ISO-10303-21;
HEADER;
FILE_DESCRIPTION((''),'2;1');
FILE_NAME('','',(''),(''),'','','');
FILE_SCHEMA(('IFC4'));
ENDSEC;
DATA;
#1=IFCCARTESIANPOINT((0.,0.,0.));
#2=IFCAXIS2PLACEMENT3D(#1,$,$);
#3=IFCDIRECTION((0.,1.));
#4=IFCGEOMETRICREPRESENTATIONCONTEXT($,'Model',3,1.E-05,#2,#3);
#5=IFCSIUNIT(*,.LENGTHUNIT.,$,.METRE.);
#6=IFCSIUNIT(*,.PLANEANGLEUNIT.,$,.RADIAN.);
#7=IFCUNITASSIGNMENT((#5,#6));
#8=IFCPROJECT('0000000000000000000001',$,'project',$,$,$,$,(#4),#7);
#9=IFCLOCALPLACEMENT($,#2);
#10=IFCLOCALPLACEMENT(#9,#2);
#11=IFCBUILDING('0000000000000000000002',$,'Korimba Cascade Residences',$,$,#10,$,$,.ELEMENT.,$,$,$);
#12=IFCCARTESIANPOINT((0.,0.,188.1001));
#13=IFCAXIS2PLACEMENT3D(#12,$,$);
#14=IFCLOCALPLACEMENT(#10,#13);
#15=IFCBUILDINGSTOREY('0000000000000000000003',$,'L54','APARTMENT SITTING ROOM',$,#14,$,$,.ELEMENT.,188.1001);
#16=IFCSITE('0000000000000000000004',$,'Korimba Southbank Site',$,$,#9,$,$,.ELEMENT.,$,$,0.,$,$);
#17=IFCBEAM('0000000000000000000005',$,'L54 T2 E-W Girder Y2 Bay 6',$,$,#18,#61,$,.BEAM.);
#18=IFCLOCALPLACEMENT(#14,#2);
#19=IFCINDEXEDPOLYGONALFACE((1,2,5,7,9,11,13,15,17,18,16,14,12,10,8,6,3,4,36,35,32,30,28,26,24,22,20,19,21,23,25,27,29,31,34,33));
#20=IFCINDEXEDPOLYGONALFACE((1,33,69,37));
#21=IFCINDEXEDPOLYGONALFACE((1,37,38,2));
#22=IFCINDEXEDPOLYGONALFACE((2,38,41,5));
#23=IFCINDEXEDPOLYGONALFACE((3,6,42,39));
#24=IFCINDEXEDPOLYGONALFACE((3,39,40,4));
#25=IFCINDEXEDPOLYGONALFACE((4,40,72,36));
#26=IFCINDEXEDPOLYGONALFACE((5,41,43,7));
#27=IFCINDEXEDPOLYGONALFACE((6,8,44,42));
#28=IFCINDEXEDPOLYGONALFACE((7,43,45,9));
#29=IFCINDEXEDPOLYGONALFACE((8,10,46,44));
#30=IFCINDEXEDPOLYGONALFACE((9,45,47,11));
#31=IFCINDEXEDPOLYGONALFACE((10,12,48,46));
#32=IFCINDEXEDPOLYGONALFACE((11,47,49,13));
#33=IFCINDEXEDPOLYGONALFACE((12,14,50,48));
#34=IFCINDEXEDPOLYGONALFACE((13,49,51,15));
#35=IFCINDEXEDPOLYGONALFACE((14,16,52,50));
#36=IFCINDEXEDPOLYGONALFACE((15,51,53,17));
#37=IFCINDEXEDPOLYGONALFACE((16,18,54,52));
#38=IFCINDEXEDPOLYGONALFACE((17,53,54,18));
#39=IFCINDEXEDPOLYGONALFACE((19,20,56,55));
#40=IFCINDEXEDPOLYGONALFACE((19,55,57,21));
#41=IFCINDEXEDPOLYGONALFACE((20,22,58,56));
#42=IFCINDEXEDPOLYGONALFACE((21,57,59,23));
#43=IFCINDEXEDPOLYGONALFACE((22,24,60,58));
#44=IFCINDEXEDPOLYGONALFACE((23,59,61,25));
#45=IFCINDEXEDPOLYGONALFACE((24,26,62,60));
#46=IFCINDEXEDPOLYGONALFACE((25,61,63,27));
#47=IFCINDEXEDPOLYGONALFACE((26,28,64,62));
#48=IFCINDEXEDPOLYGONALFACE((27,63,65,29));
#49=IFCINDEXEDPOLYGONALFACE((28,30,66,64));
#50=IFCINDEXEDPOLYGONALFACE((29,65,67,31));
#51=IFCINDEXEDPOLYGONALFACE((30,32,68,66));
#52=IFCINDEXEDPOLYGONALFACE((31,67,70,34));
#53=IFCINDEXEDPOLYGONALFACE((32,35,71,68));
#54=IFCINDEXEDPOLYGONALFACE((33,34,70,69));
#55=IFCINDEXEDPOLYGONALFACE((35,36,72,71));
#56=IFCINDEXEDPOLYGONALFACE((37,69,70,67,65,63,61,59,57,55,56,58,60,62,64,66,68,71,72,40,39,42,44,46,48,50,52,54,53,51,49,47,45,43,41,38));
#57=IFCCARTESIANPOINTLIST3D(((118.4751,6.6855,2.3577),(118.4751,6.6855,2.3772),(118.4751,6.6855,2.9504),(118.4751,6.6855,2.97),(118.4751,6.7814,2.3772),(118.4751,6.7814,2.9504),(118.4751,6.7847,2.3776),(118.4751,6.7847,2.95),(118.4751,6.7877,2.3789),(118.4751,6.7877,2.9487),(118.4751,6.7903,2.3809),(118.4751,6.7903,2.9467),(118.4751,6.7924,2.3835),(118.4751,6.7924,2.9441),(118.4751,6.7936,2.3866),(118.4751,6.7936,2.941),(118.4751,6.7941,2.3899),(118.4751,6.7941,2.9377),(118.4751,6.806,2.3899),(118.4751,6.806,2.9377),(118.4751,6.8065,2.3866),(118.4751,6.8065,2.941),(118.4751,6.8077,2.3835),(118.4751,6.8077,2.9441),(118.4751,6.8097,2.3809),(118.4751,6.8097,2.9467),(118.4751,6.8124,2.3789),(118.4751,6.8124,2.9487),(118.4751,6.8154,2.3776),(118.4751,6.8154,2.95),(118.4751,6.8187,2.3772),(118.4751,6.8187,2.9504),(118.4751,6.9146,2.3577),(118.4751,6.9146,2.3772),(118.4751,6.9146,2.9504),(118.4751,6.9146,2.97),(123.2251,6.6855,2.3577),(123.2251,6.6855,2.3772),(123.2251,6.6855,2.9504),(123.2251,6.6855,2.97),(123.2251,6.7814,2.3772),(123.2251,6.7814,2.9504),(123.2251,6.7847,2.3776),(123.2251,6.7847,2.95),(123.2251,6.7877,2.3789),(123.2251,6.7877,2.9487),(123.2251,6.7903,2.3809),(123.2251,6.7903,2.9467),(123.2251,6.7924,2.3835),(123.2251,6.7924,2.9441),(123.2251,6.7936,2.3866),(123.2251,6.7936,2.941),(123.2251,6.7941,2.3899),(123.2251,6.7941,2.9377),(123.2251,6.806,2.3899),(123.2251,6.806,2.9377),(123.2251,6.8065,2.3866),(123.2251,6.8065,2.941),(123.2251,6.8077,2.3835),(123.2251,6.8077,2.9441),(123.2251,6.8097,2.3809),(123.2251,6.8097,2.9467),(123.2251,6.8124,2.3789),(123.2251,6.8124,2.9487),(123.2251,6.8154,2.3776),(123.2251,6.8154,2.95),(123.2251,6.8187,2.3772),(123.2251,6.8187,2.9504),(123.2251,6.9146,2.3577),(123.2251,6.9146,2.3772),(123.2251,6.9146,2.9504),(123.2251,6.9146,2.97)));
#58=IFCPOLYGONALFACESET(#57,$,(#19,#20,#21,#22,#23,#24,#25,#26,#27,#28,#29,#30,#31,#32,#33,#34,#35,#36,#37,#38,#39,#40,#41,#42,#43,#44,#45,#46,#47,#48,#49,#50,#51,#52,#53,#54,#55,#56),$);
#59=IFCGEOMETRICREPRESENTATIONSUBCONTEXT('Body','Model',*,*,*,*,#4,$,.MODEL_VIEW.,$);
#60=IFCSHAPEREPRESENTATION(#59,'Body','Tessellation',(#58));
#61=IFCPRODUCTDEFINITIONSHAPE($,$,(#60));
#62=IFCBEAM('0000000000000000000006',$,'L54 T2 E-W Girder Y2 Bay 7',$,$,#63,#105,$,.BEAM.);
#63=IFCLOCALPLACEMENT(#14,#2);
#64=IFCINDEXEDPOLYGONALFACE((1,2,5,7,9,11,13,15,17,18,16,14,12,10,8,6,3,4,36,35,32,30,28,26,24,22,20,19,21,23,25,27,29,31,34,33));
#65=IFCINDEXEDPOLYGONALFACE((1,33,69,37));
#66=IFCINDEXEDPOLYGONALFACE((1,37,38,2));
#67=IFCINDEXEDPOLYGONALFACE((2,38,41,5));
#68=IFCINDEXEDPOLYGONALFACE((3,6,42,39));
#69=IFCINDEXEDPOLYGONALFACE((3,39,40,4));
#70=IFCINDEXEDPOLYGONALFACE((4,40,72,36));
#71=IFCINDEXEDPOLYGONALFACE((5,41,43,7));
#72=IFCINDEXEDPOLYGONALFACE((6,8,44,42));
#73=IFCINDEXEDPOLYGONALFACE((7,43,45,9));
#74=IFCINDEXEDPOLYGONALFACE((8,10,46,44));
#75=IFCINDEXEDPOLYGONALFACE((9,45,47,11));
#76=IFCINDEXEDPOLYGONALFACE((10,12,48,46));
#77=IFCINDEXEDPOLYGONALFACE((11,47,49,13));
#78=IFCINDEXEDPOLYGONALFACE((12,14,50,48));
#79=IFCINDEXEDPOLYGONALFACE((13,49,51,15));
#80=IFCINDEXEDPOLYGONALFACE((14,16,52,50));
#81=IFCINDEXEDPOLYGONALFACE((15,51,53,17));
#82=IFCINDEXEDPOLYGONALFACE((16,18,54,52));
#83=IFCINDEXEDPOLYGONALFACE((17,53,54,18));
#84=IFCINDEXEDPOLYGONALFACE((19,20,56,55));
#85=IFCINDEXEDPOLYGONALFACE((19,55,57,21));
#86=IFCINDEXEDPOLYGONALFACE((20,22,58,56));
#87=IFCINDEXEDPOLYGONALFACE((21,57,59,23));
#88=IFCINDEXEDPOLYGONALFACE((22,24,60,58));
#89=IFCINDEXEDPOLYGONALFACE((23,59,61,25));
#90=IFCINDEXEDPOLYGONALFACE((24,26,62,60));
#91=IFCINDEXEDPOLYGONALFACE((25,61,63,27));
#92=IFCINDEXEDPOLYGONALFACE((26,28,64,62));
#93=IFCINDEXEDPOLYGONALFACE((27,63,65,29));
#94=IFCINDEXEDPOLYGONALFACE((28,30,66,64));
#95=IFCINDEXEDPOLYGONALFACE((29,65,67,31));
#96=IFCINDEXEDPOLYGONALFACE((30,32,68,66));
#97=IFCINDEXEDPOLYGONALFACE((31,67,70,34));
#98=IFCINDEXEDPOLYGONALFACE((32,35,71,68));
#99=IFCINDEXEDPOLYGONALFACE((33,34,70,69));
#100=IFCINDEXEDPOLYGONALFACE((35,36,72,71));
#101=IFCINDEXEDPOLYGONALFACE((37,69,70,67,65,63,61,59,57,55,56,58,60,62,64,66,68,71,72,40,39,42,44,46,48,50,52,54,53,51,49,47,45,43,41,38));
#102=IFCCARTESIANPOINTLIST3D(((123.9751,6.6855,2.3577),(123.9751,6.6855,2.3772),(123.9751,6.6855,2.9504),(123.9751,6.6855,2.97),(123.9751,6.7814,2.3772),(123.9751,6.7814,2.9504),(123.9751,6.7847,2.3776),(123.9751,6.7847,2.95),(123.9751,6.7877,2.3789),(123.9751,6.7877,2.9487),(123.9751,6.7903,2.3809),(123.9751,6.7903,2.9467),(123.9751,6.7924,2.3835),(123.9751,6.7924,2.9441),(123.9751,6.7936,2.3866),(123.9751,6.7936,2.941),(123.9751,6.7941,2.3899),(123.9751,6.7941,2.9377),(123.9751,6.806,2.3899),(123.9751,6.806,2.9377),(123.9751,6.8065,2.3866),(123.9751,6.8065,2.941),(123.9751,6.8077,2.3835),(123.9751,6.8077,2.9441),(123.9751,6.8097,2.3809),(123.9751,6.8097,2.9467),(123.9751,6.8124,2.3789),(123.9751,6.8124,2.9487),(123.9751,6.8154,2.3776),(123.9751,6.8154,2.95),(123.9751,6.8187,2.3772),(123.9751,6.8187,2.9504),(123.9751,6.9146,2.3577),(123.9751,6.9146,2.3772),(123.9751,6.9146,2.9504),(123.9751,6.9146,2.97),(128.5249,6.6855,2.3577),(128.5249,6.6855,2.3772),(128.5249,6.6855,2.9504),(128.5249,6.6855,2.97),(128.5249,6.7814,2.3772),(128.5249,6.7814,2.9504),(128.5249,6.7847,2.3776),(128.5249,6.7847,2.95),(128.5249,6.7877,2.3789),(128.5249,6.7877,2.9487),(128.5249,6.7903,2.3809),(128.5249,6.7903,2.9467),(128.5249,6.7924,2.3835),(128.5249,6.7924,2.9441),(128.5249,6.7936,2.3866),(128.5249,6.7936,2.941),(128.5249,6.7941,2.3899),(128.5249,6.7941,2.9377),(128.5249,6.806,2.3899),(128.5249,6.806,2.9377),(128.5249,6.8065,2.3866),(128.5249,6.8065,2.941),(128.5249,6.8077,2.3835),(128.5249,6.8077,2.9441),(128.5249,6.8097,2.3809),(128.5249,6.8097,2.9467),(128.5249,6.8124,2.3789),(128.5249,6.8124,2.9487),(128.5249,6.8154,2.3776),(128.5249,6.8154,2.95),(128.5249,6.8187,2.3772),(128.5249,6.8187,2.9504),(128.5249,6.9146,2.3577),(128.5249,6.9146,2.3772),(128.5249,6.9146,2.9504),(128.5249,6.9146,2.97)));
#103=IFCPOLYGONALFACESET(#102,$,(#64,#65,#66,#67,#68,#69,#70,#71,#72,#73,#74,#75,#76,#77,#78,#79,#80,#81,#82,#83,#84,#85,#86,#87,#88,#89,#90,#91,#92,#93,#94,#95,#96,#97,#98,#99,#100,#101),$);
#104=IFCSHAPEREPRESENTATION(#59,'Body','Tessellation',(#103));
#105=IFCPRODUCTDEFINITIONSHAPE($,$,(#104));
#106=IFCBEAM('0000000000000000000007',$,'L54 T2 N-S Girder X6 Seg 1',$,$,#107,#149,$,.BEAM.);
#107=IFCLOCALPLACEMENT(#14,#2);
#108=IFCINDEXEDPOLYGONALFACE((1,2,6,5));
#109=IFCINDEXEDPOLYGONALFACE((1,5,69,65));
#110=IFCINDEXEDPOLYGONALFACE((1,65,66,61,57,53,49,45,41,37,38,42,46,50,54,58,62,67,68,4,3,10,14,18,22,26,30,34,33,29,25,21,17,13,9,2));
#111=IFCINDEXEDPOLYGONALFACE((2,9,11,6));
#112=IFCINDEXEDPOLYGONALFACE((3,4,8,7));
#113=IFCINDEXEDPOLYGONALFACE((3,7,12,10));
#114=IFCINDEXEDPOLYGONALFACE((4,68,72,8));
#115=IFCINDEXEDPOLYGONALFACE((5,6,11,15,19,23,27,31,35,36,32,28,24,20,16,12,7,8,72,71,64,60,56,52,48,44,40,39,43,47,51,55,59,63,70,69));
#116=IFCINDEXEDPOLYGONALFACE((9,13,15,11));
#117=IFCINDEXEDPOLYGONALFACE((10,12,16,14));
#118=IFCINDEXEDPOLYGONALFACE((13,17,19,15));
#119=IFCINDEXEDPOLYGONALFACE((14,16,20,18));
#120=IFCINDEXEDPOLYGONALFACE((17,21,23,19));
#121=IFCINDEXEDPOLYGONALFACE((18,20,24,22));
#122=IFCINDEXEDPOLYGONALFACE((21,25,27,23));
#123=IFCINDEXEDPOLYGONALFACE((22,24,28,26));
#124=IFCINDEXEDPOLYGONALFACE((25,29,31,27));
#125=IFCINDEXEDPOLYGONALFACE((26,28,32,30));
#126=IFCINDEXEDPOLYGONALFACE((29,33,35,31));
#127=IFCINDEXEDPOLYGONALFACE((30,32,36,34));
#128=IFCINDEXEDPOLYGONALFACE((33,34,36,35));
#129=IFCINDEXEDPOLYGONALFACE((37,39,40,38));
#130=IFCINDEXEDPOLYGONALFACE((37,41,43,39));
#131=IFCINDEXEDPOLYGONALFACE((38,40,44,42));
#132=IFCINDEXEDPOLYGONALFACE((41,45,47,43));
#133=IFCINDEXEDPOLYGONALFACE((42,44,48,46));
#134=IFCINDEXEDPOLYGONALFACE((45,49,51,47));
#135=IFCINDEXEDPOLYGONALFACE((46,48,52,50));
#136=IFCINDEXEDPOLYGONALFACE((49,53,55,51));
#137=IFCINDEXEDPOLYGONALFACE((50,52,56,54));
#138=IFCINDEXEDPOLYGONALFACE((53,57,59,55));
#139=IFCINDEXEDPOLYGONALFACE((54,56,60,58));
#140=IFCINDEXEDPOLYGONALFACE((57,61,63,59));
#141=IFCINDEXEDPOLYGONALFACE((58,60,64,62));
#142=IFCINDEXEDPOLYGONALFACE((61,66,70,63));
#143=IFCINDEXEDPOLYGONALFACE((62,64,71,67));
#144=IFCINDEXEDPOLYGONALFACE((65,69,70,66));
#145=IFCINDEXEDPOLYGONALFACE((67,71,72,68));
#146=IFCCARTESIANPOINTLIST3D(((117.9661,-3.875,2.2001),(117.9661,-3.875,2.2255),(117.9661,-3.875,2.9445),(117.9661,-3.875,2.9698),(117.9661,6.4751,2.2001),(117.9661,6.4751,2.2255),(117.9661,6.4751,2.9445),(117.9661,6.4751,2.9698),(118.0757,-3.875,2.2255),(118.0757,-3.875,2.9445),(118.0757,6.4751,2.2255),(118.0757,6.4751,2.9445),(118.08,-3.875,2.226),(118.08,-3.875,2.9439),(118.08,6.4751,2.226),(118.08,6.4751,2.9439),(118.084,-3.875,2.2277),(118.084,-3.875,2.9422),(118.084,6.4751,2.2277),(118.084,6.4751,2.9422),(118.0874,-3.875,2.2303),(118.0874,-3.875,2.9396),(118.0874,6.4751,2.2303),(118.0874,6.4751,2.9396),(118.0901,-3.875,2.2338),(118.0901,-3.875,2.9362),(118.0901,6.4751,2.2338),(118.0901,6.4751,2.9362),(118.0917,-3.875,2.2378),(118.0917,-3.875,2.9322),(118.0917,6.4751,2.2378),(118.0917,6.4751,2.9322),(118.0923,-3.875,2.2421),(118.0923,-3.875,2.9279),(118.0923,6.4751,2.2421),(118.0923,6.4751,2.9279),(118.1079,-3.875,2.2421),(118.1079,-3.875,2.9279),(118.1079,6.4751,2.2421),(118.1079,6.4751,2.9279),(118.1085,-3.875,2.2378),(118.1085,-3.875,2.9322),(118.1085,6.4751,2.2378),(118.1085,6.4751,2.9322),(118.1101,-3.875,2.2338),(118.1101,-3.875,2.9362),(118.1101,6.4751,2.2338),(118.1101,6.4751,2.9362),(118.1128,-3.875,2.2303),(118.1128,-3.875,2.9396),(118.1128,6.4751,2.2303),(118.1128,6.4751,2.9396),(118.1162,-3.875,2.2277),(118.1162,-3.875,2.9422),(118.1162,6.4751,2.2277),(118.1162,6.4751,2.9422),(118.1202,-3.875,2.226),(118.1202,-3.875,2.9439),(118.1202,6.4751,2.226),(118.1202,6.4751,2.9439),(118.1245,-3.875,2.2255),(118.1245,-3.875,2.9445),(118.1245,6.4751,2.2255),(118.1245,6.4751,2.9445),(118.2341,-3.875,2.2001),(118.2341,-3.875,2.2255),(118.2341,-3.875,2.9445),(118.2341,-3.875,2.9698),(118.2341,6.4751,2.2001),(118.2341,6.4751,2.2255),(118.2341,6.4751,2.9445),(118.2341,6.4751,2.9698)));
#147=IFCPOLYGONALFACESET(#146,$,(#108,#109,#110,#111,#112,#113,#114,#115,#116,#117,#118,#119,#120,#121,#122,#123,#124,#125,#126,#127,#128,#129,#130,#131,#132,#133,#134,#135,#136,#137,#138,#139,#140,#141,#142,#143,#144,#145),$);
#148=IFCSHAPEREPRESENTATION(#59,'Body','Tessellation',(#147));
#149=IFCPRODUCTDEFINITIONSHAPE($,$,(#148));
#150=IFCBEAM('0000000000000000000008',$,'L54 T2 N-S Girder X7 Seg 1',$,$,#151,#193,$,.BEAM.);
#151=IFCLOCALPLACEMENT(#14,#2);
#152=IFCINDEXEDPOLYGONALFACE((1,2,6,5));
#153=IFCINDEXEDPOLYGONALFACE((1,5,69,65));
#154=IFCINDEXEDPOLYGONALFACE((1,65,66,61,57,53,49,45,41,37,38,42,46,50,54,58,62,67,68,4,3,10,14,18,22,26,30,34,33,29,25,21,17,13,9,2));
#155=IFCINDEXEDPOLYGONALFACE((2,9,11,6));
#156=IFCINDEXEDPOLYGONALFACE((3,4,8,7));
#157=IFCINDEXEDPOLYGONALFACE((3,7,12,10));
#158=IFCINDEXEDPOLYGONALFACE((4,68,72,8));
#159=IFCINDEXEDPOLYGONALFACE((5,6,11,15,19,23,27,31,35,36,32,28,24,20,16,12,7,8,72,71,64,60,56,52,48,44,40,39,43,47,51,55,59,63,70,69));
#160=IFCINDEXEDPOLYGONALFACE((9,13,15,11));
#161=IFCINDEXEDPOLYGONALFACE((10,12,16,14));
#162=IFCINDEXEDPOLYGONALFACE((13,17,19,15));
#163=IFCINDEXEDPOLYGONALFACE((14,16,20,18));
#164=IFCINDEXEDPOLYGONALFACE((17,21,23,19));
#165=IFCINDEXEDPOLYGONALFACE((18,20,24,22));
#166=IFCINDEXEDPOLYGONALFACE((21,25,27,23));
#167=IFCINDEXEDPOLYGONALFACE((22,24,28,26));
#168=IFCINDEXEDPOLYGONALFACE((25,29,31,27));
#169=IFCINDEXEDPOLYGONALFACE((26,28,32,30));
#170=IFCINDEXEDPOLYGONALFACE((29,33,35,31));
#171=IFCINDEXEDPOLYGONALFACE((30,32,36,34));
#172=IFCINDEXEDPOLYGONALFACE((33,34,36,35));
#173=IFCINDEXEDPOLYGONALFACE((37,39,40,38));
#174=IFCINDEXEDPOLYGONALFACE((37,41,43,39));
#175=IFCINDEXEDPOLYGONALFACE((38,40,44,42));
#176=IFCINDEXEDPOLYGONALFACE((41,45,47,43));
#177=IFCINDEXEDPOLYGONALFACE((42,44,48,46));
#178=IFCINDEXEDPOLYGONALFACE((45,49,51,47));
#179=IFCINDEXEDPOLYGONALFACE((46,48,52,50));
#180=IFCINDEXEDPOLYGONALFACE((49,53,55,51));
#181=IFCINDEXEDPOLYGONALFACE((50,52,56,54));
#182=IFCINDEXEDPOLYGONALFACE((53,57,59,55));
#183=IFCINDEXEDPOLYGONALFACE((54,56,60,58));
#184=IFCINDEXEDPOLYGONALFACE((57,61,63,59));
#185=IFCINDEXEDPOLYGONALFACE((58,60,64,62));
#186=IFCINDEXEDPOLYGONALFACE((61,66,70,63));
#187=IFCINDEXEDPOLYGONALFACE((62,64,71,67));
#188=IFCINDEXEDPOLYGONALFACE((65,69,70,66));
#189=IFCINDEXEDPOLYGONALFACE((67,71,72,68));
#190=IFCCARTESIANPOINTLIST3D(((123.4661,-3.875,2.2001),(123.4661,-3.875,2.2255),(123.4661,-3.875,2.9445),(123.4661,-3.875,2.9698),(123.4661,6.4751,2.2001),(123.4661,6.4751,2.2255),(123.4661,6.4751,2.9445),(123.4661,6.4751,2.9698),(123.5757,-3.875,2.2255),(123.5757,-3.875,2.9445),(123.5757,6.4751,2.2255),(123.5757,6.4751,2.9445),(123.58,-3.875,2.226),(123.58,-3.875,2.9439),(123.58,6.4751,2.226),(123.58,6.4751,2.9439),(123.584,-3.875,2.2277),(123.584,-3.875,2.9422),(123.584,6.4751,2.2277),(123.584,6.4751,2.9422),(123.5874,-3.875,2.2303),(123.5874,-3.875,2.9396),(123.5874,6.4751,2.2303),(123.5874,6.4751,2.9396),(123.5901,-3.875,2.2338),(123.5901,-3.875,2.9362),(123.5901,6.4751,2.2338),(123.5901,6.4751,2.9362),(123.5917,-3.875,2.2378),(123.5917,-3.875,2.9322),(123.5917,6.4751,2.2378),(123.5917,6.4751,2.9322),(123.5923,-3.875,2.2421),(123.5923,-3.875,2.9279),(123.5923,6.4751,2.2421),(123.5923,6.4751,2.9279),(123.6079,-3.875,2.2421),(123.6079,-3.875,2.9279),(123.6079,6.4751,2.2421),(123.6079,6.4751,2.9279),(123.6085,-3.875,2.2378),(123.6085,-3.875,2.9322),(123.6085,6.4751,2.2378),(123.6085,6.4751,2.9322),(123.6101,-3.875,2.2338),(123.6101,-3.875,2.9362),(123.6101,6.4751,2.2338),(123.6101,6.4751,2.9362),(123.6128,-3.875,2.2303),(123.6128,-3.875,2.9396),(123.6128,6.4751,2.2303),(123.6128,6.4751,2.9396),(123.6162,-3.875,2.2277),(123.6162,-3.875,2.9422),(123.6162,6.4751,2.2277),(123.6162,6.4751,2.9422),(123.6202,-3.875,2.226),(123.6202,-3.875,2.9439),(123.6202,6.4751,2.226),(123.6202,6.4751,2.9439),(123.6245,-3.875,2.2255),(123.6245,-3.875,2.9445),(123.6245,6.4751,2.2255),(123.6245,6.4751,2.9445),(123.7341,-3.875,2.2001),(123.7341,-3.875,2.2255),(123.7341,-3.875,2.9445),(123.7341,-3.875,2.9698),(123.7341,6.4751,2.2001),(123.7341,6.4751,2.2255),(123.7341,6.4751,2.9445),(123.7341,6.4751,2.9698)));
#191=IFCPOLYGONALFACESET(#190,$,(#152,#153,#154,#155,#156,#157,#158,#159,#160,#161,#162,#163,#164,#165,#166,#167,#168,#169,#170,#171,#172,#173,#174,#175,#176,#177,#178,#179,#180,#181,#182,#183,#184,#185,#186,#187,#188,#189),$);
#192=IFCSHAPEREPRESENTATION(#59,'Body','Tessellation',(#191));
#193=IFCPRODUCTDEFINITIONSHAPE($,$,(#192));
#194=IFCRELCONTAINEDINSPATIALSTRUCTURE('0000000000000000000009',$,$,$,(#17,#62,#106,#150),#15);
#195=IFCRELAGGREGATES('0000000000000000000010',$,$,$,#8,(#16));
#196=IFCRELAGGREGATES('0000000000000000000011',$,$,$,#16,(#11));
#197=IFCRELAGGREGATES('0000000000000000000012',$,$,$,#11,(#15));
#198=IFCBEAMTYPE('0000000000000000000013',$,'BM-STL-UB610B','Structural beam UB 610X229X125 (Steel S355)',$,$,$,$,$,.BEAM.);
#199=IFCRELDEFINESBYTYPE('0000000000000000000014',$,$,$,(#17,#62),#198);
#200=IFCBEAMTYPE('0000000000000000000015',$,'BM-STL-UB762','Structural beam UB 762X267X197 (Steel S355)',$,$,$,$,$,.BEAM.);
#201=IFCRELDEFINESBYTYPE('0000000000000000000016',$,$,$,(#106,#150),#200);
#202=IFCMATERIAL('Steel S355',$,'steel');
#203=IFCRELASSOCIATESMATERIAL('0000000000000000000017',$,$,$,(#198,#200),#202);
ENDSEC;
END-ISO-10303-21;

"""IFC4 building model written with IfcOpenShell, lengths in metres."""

from ifc_helpers import new_model, si_unit, direction, frame, origin, origin_2d, place, context, subcontext, project, spatial, i_section, extrude, material, material_profile, profile_set, type_object, element, save


model = new_model("IFC4")

# Units and contexts
model_context = context("Model", 3, precision=1e-05, world=origin(), true_north=direction((0.0, 1.0)))
body_context = subcontext(model_context, "Body", "Model", "MODEL_VIEW")
ifc_project = project(units=[si_unit("LENGTHUNIT", "METRE"), si_unit("PLANEANGLEUNIT", "RADIAN")], contexts=[model_context])

# Site, building, storey
site_placement = place(None, origin())
site = spatial("IfcSite", under=ifc_project, at=site_placement, Name="Korimba Southbank Site", CompositionType="ELEMENT", RefElevation=0.0)
building_placement = place(site_placement, origin())
building = spatial("IfcBuilding", under=site, at=building_placement, Name="Korimba Cascade Residences", CompositionType="ELEMENT")
storey_placement = place(building_placement, frame((0.0, 0.0, 188.1001)))
storey = spatial("IfcBuildingStorey", under=building, at=storey_placement, Name="L54", Description="APARTMENT SITTING ROOM", CompositionType="ELEMENT", Elevation=188.1001)

# Beams
ifc_material_1 = material(Name="Steel S355", Category="steel")
ifc_material_profile_1 = material_profile(ifc_material_1, i_section(OverallWidth=0.229, OverallDepth=0.6123, WebThickness=0.012, FlangeThickness=0.0195, FilletRadius=0.0127, at=origin_2d()), Name="Steel S355")
ifc_profile_set_1 = profile_set([ifc_material_profile_1], Name="Steel S355")
beam_type_1 = type_object("IfcBeamType", Name="BM-STL-UB610B", Description="Structural beam UB 610X229X125 (Steel S355)", PredefinedType="BEAM", material=ifc_profile_set_1)
beam_1_placement = place(storey_placement, frame((118.4751, 6.8, 2.6638), z_axis=(1.0, 0.0, 0.0), x_axis=(0.0, 1.0, 0.0)))
element("IfcBeam", 1, at=beam_1_placement, inside=storey, type_object=beam_type_1, Name="L54 T2 E-W Girder Y2 Bay 6", PredefinedType="BEAM", context=body_context, shape_type="SweptSolid", body=[
    extrude(i_section(OverallWidth=0.229, OverallDepth=0.6123, WebThickness=0.012, FlangeThickness=0.0195, FilletRadius=0.0127, at=origin_2d()), origin(), (0.0, 0.0, 1.0), 4.75),
])
beam_2_placement = place(storey_placement, frame((123.9751, 6.8, 2.6638), z_axis=(1.0, 0.0, 0.0), x_axis=(0.0, 1.0, 0.0)))
element("IfcBeam", 2, at=beam_2_placement, inside=storey, type_object=beam_type_1, Name="L54 T2 E-W Girder Y2 Bay 7", PredefinedType="BEAM", context=body_context, shape_type="SweptSolid", body=[
    extrude(i_section(OverallWidth=0.229, OverallDepth=0.6123, WebThickness=0.012, FlangeThickness=0.0195, FilletRadius=0.0127, at=origin_2d()), origin(), (0.0, 0.0, 1.0), 4.5498),
])
ifc_material_profile_2 = material_profile(ifc_material_1, i_section(OverallWidth=0.2681, OverallDepth=0.7698, WebThickness=0.0156, FlangeThickness=0.0254, FilletRadius=0.0166, at=origin_2d()), Name="Steel S355")
ifc_profile_set_2 = profile_set([ifc_material_profile_2], Name="Steel S355")
beam_type_2 = type_object("IfcBeamType", Name="BM-STL-UB762", Description="Structural beam UB 762X267X197 (Steel S355)", PredefinedType="BEAM", material=ifc_profile_set_2)
for number, where, z_axis, x_axis, name in (
    (3, (118.1001, -3.875, 2.585), (0.0, 1.0, 0.0), (-1.0, 0.0, 0.0), "L54 T2 N-S Girder X6 Seg 1"),
    (4, (123.6001, -3.875, 2.585), (0.0, 1.0, 0.0), (-1.0, 0.0, 0.0), "L54 T2 N-S Girder X7 Seg 1"),
):
    element("IfcBeam", number, at=place(storey_placement, frame(where, z_axis=z_axis, x_axis=x_axis)), inside=storey, type_object=beam_type_2, Name=name, PredefinedType="BEAM", context=body_context, shape_type="SweptSolid", body=[
        extrude(i_section(OverallWidth=0.2681, OverallDepth=0.7698, WebThickness=0.0156, FlangeThickness=0.0254, FilletRadius=0.0166, at=origin_2d()), origin(), (0.0, 0.0, 1.0), 10.3501),
    ])

save(model, "model.ifc")
